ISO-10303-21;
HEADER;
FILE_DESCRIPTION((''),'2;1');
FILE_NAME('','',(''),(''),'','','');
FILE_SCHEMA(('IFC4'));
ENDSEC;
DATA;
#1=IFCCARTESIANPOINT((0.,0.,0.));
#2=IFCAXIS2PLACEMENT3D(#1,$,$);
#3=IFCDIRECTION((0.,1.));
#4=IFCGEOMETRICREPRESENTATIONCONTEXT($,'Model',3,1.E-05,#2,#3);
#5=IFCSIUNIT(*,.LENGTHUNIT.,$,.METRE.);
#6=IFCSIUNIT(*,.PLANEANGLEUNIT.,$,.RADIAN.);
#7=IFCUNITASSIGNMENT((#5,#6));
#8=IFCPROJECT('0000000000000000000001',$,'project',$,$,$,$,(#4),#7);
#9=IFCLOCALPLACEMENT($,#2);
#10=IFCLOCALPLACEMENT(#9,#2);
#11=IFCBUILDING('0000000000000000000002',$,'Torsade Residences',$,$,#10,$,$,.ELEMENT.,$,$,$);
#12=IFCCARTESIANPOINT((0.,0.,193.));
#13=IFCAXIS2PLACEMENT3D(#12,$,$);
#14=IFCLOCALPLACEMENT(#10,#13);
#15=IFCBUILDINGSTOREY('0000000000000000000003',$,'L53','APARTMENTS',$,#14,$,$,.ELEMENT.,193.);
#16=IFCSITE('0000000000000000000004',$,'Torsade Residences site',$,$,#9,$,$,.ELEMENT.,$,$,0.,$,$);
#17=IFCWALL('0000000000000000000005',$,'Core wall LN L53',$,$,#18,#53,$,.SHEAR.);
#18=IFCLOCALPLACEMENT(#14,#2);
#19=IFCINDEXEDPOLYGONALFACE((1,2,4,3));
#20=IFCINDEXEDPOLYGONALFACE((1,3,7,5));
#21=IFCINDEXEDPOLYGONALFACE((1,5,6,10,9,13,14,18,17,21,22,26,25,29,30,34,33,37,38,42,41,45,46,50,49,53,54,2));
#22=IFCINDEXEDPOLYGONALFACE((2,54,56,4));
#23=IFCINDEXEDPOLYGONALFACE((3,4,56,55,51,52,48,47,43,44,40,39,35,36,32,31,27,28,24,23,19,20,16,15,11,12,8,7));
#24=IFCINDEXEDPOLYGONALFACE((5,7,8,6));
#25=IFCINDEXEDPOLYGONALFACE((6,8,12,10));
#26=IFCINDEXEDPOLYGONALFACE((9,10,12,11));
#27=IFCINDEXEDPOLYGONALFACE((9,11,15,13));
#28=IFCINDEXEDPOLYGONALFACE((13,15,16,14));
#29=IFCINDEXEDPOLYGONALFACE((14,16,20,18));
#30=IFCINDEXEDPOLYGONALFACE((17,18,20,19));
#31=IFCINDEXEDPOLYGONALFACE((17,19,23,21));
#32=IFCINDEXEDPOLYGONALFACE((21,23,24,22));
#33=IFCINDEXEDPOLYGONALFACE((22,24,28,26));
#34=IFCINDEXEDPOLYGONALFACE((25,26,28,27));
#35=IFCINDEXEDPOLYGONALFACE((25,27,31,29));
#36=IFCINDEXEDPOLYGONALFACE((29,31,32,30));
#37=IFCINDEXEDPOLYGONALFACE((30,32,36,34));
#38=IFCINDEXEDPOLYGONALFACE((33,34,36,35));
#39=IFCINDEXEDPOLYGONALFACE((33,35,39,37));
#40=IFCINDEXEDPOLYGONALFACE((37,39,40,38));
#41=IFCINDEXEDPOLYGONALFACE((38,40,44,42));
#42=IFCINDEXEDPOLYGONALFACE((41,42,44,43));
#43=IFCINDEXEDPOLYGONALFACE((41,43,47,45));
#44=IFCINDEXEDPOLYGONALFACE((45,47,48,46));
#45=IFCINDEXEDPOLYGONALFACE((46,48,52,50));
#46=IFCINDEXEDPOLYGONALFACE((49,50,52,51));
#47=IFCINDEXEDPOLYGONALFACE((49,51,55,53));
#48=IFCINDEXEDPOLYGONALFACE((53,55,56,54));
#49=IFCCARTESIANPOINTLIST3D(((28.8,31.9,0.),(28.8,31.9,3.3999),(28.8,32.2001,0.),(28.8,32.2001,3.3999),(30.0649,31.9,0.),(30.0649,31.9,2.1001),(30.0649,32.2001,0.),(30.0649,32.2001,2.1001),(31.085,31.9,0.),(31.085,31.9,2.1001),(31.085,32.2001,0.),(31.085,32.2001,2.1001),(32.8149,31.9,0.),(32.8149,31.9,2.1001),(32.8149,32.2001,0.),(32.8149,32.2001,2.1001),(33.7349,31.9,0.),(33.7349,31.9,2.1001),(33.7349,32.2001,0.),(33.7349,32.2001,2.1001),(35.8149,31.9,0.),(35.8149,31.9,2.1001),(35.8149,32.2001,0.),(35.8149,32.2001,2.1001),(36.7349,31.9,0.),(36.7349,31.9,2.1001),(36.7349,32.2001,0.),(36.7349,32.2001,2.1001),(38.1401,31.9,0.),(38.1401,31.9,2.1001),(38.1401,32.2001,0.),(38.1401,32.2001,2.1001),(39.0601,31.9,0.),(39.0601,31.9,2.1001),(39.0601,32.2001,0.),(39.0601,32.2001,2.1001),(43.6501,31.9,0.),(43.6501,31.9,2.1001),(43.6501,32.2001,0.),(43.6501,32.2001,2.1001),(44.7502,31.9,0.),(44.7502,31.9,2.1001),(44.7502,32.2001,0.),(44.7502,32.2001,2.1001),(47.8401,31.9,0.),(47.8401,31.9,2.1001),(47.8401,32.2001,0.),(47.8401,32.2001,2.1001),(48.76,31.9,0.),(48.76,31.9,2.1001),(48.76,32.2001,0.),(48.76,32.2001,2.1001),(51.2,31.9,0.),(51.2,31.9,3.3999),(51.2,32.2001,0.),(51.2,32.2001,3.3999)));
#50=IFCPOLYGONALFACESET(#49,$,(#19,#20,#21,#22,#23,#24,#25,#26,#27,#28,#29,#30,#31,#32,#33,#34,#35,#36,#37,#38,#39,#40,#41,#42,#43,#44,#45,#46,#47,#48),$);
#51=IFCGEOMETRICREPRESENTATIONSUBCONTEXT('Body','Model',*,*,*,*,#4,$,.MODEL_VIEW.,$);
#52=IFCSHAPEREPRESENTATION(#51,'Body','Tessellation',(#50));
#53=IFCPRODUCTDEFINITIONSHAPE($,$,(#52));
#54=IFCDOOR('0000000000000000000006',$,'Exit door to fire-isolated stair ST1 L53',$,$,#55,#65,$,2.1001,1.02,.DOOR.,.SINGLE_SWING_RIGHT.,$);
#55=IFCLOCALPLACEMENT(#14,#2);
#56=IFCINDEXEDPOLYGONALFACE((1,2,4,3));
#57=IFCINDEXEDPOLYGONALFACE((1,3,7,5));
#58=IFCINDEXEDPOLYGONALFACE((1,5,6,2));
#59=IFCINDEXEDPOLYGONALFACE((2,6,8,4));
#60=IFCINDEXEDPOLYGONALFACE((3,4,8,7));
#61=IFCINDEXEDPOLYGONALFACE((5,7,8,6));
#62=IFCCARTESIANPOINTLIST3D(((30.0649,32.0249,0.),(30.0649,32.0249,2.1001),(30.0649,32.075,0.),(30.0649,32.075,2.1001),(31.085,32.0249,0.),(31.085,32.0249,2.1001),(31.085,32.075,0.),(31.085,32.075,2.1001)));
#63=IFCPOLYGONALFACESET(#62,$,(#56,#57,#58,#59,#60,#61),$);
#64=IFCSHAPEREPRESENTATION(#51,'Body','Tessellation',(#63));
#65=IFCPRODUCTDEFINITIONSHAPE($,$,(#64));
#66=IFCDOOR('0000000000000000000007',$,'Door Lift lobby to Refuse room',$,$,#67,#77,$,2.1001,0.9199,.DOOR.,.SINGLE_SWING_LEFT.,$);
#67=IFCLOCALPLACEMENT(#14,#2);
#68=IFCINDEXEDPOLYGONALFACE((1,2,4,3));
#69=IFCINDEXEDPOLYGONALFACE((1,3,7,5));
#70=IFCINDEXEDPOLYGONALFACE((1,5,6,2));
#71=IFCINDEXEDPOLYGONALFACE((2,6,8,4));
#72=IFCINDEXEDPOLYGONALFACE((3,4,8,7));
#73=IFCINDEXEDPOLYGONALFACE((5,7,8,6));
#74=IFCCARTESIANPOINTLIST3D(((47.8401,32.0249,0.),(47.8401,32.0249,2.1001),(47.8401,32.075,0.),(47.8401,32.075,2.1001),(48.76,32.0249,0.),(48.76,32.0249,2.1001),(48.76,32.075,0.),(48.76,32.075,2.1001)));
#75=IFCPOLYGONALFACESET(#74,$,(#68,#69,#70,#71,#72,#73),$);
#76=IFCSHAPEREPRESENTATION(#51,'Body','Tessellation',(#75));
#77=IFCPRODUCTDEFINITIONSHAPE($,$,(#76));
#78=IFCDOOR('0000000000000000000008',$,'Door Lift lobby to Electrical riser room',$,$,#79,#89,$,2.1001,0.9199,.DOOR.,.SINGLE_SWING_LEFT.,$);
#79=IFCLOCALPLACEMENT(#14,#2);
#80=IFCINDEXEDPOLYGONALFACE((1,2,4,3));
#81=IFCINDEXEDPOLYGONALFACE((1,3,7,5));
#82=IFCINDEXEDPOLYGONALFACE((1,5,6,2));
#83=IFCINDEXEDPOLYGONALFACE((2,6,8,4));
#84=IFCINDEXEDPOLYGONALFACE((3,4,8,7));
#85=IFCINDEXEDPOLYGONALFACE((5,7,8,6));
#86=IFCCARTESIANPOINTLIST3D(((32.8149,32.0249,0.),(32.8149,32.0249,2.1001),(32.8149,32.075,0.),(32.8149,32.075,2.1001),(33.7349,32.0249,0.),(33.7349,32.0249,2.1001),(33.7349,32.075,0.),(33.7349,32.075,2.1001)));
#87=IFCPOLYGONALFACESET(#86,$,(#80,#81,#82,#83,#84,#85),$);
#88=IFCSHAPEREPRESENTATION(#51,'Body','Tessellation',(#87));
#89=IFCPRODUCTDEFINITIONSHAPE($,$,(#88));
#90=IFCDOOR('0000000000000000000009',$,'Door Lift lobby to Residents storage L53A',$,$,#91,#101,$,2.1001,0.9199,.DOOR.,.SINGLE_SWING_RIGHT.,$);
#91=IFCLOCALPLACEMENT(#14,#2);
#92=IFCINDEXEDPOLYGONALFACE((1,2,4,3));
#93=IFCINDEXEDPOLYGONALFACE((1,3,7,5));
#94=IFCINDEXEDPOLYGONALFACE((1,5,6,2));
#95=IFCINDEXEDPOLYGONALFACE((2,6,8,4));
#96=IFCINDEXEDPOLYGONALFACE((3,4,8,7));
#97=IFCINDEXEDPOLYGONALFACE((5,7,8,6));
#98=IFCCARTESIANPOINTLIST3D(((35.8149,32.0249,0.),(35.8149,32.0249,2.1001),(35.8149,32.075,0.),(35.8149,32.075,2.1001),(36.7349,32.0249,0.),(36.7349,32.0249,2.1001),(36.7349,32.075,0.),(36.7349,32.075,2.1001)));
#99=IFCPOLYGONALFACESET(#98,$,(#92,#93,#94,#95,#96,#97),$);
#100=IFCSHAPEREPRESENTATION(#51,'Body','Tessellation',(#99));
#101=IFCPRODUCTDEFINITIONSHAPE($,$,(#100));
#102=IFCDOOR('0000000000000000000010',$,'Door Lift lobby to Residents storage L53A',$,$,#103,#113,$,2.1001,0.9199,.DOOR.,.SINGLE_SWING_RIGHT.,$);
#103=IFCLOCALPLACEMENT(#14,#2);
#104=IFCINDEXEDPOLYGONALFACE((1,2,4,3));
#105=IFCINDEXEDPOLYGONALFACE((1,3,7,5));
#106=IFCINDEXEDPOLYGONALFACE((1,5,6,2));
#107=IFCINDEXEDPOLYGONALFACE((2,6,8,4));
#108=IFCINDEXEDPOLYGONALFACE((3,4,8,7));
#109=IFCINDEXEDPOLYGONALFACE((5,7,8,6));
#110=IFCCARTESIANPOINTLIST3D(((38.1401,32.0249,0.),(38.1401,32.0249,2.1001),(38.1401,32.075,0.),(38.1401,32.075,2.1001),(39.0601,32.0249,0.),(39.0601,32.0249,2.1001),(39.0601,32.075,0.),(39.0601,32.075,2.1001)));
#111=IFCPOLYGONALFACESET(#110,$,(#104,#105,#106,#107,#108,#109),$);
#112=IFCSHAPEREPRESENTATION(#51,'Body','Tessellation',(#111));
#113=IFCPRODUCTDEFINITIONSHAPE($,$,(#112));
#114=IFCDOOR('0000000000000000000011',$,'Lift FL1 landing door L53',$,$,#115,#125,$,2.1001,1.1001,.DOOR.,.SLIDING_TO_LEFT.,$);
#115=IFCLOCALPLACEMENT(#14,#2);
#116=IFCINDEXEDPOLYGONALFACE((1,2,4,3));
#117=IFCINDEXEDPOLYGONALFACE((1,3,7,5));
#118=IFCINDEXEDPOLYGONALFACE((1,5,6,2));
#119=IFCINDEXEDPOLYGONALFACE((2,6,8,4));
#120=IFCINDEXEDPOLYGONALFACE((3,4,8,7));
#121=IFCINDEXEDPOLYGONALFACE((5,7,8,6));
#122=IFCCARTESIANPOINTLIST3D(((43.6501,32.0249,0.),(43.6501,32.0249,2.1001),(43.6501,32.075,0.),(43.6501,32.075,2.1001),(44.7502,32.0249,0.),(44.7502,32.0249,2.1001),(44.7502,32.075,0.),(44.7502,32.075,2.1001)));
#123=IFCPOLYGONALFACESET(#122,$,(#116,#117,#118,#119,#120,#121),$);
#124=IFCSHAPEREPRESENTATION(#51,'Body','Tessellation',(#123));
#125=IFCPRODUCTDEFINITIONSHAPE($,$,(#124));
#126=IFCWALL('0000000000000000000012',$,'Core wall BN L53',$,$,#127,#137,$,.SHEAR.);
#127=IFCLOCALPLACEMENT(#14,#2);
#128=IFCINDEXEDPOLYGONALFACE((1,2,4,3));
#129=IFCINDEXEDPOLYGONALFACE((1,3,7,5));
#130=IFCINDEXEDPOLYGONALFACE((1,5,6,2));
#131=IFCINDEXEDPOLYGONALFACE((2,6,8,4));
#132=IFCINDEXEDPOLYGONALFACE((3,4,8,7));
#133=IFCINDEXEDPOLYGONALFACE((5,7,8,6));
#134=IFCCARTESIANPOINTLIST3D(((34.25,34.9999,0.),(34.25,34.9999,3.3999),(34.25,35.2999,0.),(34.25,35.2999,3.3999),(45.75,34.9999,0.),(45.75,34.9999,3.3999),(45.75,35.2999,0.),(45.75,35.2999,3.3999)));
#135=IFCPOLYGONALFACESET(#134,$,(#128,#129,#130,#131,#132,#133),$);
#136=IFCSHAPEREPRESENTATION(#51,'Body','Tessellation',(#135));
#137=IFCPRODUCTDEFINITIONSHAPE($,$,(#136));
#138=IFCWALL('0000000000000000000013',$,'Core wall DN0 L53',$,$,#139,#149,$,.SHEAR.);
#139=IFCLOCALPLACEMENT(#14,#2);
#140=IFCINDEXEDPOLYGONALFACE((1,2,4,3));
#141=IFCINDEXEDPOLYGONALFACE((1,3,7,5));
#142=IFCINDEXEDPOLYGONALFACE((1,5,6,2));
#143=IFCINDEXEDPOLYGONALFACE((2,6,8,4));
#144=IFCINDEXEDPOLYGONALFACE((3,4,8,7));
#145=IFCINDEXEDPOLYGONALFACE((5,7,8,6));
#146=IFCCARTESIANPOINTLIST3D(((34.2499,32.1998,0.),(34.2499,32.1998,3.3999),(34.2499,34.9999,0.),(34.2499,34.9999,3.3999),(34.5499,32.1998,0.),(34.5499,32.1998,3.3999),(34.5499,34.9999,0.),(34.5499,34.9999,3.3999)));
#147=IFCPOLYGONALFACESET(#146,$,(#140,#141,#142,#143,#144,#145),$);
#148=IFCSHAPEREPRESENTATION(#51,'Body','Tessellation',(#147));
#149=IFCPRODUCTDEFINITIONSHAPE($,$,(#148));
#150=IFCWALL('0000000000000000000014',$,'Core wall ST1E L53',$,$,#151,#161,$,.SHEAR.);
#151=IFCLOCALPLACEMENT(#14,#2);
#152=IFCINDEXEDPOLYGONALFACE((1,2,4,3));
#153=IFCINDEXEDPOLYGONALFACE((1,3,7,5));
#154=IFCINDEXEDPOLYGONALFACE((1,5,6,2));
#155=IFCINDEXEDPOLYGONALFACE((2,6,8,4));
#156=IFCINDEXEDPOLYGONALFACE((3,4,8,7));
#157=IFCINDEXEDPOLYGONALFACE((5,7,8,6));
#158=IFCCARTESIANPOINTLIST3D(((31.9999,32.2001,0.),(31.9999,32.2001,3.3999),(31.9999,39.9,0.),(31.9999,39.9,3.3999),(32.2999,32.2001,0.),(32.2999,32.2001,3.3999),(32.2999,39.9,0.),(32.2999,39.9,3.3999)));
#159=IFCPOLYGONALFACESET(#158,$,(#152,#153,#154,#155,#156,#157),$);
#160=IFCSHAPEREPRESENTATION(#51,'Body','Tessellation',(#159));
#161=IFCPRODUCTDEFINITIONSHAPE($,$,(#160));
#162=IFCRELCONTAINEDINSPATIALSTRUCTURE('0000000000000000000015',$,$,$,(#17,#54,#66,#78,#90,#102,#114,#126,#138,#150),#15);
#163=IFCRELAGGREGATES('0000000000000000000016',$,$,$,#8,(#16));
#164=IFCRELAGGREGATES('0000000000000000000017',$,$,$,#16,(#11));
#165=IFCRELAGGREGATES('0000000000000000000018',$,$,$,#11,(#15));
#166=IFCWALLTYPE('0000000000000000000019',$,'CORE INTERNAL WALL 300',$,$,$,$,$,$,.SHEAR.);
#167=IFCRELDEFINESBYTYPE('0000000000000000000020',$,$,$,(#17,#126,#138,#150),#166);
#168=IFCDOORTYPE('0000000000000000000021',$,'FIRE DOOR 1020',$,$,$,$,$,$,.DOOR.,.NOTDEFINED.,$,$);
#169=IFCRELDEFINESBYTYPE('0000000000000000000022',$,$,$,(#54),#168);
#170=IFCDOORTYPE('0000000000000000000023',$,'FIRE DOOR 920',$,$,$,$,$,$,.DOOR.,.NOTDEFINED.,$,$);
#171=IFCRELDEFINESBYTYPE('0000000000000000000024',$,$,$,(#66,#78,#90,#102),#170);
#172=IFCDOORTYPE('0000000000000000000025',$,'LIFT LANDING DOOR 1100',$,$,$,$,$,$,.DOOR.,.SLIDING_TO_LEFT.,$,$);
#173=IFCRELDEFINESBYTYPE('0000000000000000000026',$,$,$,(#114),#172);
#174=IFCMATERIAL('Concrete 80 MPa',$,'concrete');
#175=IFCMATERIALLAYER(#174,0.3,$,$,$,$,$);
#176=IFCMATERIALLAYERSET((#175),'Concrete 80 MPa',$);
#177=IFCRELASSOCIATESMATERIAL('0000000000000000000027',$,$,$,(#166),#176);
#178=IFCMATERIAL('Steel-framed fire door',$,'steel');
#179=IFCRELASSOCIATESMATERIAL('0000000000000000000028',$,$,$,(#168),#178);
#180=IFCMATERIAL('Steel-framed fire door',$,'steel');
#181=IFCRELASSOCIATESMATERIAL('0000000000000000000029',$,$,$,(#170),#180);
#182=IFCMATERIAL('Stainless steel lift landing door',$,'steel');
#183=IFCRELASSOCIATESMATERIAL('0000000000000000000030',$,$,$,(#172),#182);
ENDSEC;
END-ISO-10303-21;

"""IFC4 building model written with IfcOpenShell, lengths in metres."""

from ifc_helpers import new_model, si_unit, direction, frame, frame_2d, origin, place, context, subcontext, project, spatial, rectangle, extrude, material, layer, layer_set, type_object, element, fill, save


model = new_model("IFC4")

# Units and contexts
model_context = context("Model", 3, precision=1e-05, world=origin(), true_north=direction((0.0, 1.0)))
body_context = subcontext(model_context, "Body", "Model", "MODEL_VIEW")
ifc_project = project(units=[si_unit("LENGTHUNIT", "METRE"), si_unit("PLANEANGLEUNIT", "RADIAN")], contexts=[model_context])

# Site, building, storey
site_placement = place(None, origin())
site = spatial("IfcSite", under=ifc_project, at=site_placement, Name="Torsade Residences site", CompositionType="ELEMENT", RefElevation=0.0)
building_placement = place(site_placement, origin())
building = spatial("IfcBuilding", under=site, at=building_placement, Name="Torsade Residences", CompositionType="ELEMENT")
storey_placement = place(building_placement, frame((0.0, 0.0, 193.0)))
storey = spatial("IfcBuildingStorey", under=building, at=storey_placement, Name="L53", Description="APARTMENTS", CompositionType="ELEMENT", Elevation=193.0)

# Wall, openings, doors
ifc_material_1 = material(Name="Concrete 80 MPa", Category="concrete")
ifc_layer_1 = layer(ifc_material_1, 0.3)
ifc_layer_set_1 = layer_set([ifc_layer_1], Name="Concrete 80 MPa")
wall_type_1 = type_object("IfcWallType", Name="CORE INTERNAL WALL 300", PredefinedType="SHEAR", material=ifc_layer_set_1)
wall_1_placement = place(storey_placement, frame((28.8, 32.05, 0.0), z_axis=(0.0, 0.0, 1.0), x_axis=(1.0, 0.0, 0.0)))
wall_1 = element("IfcWall", 1, at=wall_1_placement, inside=storey, type_object=wall_type_1, Name="Core wall LN L53", PredefinedType="SHEAR", context=body_context, shape_type="SweptSolid", body=[
    extrude(rectangle(XDim=22.3999, YDim=0.3, at=frame_2d((11.2, 0.0))), origin(), (0.0, 0.0, 1.0), 3.3999),
])
opening_1_placement = place(wall_1_placement, frame((19.04, 0.0, 0.0)))
opening_1 = element("IfcOpeningElement", 2, at=opening_1_placement, cuts=wall_1, PredefinedType="OPENING", context=body_context, shape_type="SweptSolid", body=[
    extrude(rectangle(XDim=0.9199, YDim=2.1001, at=frame_2d((0.46, 1.05))), frame((0.0, 0.1599, 0.0), z_axis=(0.0, -1.0, 0.0), x_axis=(1.0, 0.0, 0.0)), (0.0, 0.0, 1.0), 0.3201),
])
opening_2_placement = place(wall_1_placement, frame((1.2649, 0.0, 0.0)))
opening_2 = element("IfcOpeningElement", 3, at=opening_2_placement, cuts=wall_1, PredefinedType="OPENING", context=body_context, shape_type="SweptSolid", body=[
    extrude(rectangle(XDim=1.02, YDim=2.1001, at=frame_2d((0.51, 1.05))), frame((0.0, 0.1599, 0.0), z_axis=(0.0, -1.0, 0.0), x_axis=(1.0, 0.0, 0.0)), (0.0, 0.0, 1.0), 0.3201),
])
opening_3_placement = place(wall_1_placement, frame((4.0149, 0.0, 0.0)))
opening_3 = element("IfcOpeningElement", 4, at=opening_3_placement, cuts=wall_1, PredefinedType="OPENING", context=body_context, shape_type="SweptSolid", body=[
    extrude(rectangle(XDim=0.9199, YDim=2.1001, at=frame_2d((0.46, 1.05))), frame((0.0, 0.1599, 0.0), z_axis=(0.0, -1.0, 0.0), x_axis=(1.0, 0.0, 0.0)), (0.0, 0.0, 1.0), 0.3201),
])
opening_4_placement = place(wall_1_placement, frame((7.0149, 0.0, 0.0)))
opening_4 = element("IfcOpeningElement", 5, at=opening_4_placement, cuts=wall_1, PredefinedType="OPENING", context=body_context, shape_type="SweptSolid", body=[
    extrude(rectangle(XDim=0.9199, YDim=2.1001, at=frame_2d((0.46, 1.05))), frame((0.0, 0.1599, 0.0), z_axis=(0.0, -1.0, 0.0), x_axis=(1.0, 0.0, 0.0)), (0.0, 0.0, 1.0), 0.3201),
])
opening_5_placement = place(wall_1_placement, frame((9.3401, 0.0, 0.0)))
opening_5 = element("IfcOpeningElement", 6, at=opening_5_placement, cuts=wall_1, PredefinedType="OPENING", context=body_context, shape_type="SweptSolid", body=[
    extrude(rectangle(XDim=0.9199, YDim=2.1001, at=frame_2d((0.46, 1.05))), frame((0.0, 0.1599, 0.0), z_axis=(0.0, -1.0, 0.0), x_axis=(1.0, 0.0, 0.0)), (0.0, 0.0, 1.0), 0.3201),
])
opening_6_placement = place(wall_1_placement, frame((14.8501, 0.0, 0.0)))
opening_6 = element("IfcOpeningElement", 7, at=opening_6_placement, cuts=wall_1, PredefinedType="OPENING", context=body_context, shape_type="SweptSolid", body=[
    extrude(rectangle(XDim=1.1001, YDim=2.1001, at=frame_2d((0.55, 1.05))), frame((0.0, 0.1599, 0.0), z_axis=(0.0, -1.0, 0.0), x_axis=(1.0, 0.0, 0.0)), (0.0, 0.0, 1.0), 0.3201),
])
ifc_material_2 = material(Name="Steel-framed fire door", Category="steel")
door_type_1 = type_object("IfcDoorType", Name="FIRE DOOR 1020", OperationType="NOTDEFINED", PredefinedType="DOOR", material=ifc_material_2)
door_1_placement = place(opening_2_placement, origin())
door_1 = element("IfcDoor", 8, at=door_1_placement, inside=storey, type_object=door_type_1, Name="Exit door to fire-isolated stair ST1 L53", OperationType="SINGLE_SWING_RIGHT", OverallHeight=2.1001, OverallWidth=1.02, PredefinedType="DOOR", context=body_context, shape_type="SweptSolid", body=[
    extrude(rectangle(XDim=1.02, YDim=2.1001, at=frame_2d((0.51, 1.05))), frame((0.0, 0.0249, 0.0), z_axis=(0.0, -1.0, 0.0), x_axis=(1.0, 0.0, 0.0)), (0.0, 0.0, 1.0), 0.05),
])
fill(opening_2, door_1)
ifc_material_3 = material(Name="Steel-framed fire door", Category="steel")
door_type_2 = type_object("IfcDoorType", Name="FIRE DOOR 920", OperationType="NOTDEFINED", PredefinedType="DOOR", material=ifc_material_3)
door_2_placement = place(opening_1_placement, origin())
door_2 = element("IfcDoor", 9, at=door_2_placement, inside=storey, type_object=door_type_2, Name="Door Lift lobby to Refuse room", OperationType="SINGLE_SWING_LEFT", OverallHeight=2.1001, OverallWidth=0.9199, PredefinedType="DOOR", context=body_context, shape_type="SweptSolid", body=[
    extrude(rectangle(XDim=0.9199, YDim=2.1001, at=frame_2d((0.46, 1.05))), frame((0.0, 0.0249, 0.0), z_axis=(0.0, -1.0, 0.0), x_axis=(1.0, 0.0, 0.0)), (0.0, 0.0, 1.0), 0.05),
])
fill(opening_1, door_2)
door_3_placement = place(opening_3_placement, origin())
door_3 = element("IfcDoor", 10, at=door_3_placement, inside=storey, type_object=door_type_2, Name="Door Lift lobby to Electrical riser room", OperationType="SINGLE_SWING_LEFT", OverallHeight=2.1001, OverallWidth=0.9199, PredefinedType="DOOR", context=body_context, shape_type="SweptSolid", body=[
    extrude(rectangle(XDim=0.9199, YDim=2.1001, at=frame_2d((0.46, 1.05))), frame((0.0, 0.0249, 0.0), z_axis=(0.0, -1.0, 0.0), x_axis=(1.0, 0.0, 0.0)), (0.0, 0.0, 1.0), 0.05),
])
fill(opening_3, door_3)
door_4_placement = place(opening_4_placement, origin())
door_4 = element("IfcDoor", 11, at=door_4_placement, inside=storey, type_object=door_type_2, Name="Door Lift lobby to Residents storage L53A", OperationType="SINGLE_SWING_RIGHT", OverallHeight=2.1001, OverallWidth=0.9199, PredefinedType="DOOR", context=body_context, shape_type="SweptSolid", body=[
    extrude(rectangle(XDim=0.9199, YDim=2.1001, at=frame_2d((0.46, 1.05))), frame((0.0, 0.0249, 0.0), z_axis=(0.0, -1.0, 0.0), x_axis=(1.0, 0.0, 0.0)), (0.0, 0.0, 1.0), 0.05),
])
fill(opening_4, door_4)
door_5_placement = place(opening_5_placement, origin())
door_5 = element("IfcDoor", 12, at=door_5_placement, inside=storey, type_object=door_type_2, Name="Door Lift lobby to Residents storage L53A", OperationType="SINGLE_SWING_RIGHT", OverallHeight=2.1001, OverallWidth=0.9199, PredefinedType="DOOR", context=body_context, shape_type="SweptSolid", body=[
    extrude(rectangle(XDim=0.9199, YDim=2.1001, at=frame_2d((0.46, 1.05))), frame((0.0, 0.0249, 0.0), z_axis=(0.0, -1.0, 0.0), x_axis=(1.0, 0.0, 0.0)), (0.0, 0.0, 1.0), 0.05),
])
fill(opening_5, door_5)
ifc_material_4 = material(Name="Stainless steel lift landing door", Category="steel")
door_type_3 = type_object("IfcDoorType", Name="LIFT LANDING DOOR 1100", OperationType="SLIDING_TO_LEFT", PredefinedType="DOOR", material=ifc_material_4)
door_6_placement = place(opening_6_placement, origin())
door_6 = element("IfcDoor", 13, at=door_6_placement, inside=storey, type_object=door_type_3, Name="Lift FL1 landing door L53", OperationType="SLIDING_TO_LEFT", OverallHeight=2.1001, OverallWidth=1.1001, PredefinedType="DOOR", context=body_context, shape_type="SweptSolid", body=[
    extrude(rectangle(XDim=1.1001, YDim=2.1001, at=frame_2d((0.55, 1.05))), frame((0.0, 0.0249, 0.0), z_axis=(0.0, -1.0, 0.0), x_axis=(1.0, 0.0, 0.0)), (0.0, 0.0, 1.0), 0.05),
])
fill(opening_6, door_6)

# Walls
wall_2_placement = place(storey_placement, frame((34.25, 35.1499, 0.0), z_axis=(0.0, 0.0, 1.0), x_axis=(1.0, 0.0, 0.0)))
element("IfcWall", 14, at=wall_2_placement, inside=storey, type_object=wall_type_1, Name="Core wall BN L53", PredefinedType="SHEAR", context=body_context, shape_type="SweptSolid", body=[
    extrude(rectangle(XDim=11.5, YDim=0.3, at=frame_2d((5.75, 0.0))), origin(), (0.0, 0.0, 1.0), 3.3999),
])
wall_3_placement = place(storey_placement, frame((34.3999, 32.2, 0.0), z_axis=(0.0, 0.0, 1.0), x_axis=(0.0, 1.0, 0.0)))
element("IfcWall", 15, at=wall_3_placement, inside=storey, type_object=wall_type_1, Name="Core wall DN0 L53", PredefinedType="SHEAR", context=body_context, shape_type="SweptSolid", body=[
    extrude(rectangle(XDim=2.8, YDim=0.3, at=frame_2d((1.3999, 0.0))), origin(), (0.0, 0.0, 1.0), 3.3999),
])
wall_4_placement = place(storey_placement, frame((32.1499, 32.2, 0.0), z_axis=(0.0, 0.0, 1.0), x_axis=(0.0, 1.0, 0.0)))
element("IfcWall", 16, at=wall_4_placement, inside=storey, type_object=wall_type_1, Name="Core wall ST1E L53", PredefinedType="SHEAR", context=body_context, shape_type="SweptSolid", body=[
    extrude(rectangle(XDim=7.7, YDim=0.3, at=frame_2d((3.8501, 0.0))), origin(), (0.0, 0.0, 1.0), 3.3999),
])

save(model, "model.ifc")
